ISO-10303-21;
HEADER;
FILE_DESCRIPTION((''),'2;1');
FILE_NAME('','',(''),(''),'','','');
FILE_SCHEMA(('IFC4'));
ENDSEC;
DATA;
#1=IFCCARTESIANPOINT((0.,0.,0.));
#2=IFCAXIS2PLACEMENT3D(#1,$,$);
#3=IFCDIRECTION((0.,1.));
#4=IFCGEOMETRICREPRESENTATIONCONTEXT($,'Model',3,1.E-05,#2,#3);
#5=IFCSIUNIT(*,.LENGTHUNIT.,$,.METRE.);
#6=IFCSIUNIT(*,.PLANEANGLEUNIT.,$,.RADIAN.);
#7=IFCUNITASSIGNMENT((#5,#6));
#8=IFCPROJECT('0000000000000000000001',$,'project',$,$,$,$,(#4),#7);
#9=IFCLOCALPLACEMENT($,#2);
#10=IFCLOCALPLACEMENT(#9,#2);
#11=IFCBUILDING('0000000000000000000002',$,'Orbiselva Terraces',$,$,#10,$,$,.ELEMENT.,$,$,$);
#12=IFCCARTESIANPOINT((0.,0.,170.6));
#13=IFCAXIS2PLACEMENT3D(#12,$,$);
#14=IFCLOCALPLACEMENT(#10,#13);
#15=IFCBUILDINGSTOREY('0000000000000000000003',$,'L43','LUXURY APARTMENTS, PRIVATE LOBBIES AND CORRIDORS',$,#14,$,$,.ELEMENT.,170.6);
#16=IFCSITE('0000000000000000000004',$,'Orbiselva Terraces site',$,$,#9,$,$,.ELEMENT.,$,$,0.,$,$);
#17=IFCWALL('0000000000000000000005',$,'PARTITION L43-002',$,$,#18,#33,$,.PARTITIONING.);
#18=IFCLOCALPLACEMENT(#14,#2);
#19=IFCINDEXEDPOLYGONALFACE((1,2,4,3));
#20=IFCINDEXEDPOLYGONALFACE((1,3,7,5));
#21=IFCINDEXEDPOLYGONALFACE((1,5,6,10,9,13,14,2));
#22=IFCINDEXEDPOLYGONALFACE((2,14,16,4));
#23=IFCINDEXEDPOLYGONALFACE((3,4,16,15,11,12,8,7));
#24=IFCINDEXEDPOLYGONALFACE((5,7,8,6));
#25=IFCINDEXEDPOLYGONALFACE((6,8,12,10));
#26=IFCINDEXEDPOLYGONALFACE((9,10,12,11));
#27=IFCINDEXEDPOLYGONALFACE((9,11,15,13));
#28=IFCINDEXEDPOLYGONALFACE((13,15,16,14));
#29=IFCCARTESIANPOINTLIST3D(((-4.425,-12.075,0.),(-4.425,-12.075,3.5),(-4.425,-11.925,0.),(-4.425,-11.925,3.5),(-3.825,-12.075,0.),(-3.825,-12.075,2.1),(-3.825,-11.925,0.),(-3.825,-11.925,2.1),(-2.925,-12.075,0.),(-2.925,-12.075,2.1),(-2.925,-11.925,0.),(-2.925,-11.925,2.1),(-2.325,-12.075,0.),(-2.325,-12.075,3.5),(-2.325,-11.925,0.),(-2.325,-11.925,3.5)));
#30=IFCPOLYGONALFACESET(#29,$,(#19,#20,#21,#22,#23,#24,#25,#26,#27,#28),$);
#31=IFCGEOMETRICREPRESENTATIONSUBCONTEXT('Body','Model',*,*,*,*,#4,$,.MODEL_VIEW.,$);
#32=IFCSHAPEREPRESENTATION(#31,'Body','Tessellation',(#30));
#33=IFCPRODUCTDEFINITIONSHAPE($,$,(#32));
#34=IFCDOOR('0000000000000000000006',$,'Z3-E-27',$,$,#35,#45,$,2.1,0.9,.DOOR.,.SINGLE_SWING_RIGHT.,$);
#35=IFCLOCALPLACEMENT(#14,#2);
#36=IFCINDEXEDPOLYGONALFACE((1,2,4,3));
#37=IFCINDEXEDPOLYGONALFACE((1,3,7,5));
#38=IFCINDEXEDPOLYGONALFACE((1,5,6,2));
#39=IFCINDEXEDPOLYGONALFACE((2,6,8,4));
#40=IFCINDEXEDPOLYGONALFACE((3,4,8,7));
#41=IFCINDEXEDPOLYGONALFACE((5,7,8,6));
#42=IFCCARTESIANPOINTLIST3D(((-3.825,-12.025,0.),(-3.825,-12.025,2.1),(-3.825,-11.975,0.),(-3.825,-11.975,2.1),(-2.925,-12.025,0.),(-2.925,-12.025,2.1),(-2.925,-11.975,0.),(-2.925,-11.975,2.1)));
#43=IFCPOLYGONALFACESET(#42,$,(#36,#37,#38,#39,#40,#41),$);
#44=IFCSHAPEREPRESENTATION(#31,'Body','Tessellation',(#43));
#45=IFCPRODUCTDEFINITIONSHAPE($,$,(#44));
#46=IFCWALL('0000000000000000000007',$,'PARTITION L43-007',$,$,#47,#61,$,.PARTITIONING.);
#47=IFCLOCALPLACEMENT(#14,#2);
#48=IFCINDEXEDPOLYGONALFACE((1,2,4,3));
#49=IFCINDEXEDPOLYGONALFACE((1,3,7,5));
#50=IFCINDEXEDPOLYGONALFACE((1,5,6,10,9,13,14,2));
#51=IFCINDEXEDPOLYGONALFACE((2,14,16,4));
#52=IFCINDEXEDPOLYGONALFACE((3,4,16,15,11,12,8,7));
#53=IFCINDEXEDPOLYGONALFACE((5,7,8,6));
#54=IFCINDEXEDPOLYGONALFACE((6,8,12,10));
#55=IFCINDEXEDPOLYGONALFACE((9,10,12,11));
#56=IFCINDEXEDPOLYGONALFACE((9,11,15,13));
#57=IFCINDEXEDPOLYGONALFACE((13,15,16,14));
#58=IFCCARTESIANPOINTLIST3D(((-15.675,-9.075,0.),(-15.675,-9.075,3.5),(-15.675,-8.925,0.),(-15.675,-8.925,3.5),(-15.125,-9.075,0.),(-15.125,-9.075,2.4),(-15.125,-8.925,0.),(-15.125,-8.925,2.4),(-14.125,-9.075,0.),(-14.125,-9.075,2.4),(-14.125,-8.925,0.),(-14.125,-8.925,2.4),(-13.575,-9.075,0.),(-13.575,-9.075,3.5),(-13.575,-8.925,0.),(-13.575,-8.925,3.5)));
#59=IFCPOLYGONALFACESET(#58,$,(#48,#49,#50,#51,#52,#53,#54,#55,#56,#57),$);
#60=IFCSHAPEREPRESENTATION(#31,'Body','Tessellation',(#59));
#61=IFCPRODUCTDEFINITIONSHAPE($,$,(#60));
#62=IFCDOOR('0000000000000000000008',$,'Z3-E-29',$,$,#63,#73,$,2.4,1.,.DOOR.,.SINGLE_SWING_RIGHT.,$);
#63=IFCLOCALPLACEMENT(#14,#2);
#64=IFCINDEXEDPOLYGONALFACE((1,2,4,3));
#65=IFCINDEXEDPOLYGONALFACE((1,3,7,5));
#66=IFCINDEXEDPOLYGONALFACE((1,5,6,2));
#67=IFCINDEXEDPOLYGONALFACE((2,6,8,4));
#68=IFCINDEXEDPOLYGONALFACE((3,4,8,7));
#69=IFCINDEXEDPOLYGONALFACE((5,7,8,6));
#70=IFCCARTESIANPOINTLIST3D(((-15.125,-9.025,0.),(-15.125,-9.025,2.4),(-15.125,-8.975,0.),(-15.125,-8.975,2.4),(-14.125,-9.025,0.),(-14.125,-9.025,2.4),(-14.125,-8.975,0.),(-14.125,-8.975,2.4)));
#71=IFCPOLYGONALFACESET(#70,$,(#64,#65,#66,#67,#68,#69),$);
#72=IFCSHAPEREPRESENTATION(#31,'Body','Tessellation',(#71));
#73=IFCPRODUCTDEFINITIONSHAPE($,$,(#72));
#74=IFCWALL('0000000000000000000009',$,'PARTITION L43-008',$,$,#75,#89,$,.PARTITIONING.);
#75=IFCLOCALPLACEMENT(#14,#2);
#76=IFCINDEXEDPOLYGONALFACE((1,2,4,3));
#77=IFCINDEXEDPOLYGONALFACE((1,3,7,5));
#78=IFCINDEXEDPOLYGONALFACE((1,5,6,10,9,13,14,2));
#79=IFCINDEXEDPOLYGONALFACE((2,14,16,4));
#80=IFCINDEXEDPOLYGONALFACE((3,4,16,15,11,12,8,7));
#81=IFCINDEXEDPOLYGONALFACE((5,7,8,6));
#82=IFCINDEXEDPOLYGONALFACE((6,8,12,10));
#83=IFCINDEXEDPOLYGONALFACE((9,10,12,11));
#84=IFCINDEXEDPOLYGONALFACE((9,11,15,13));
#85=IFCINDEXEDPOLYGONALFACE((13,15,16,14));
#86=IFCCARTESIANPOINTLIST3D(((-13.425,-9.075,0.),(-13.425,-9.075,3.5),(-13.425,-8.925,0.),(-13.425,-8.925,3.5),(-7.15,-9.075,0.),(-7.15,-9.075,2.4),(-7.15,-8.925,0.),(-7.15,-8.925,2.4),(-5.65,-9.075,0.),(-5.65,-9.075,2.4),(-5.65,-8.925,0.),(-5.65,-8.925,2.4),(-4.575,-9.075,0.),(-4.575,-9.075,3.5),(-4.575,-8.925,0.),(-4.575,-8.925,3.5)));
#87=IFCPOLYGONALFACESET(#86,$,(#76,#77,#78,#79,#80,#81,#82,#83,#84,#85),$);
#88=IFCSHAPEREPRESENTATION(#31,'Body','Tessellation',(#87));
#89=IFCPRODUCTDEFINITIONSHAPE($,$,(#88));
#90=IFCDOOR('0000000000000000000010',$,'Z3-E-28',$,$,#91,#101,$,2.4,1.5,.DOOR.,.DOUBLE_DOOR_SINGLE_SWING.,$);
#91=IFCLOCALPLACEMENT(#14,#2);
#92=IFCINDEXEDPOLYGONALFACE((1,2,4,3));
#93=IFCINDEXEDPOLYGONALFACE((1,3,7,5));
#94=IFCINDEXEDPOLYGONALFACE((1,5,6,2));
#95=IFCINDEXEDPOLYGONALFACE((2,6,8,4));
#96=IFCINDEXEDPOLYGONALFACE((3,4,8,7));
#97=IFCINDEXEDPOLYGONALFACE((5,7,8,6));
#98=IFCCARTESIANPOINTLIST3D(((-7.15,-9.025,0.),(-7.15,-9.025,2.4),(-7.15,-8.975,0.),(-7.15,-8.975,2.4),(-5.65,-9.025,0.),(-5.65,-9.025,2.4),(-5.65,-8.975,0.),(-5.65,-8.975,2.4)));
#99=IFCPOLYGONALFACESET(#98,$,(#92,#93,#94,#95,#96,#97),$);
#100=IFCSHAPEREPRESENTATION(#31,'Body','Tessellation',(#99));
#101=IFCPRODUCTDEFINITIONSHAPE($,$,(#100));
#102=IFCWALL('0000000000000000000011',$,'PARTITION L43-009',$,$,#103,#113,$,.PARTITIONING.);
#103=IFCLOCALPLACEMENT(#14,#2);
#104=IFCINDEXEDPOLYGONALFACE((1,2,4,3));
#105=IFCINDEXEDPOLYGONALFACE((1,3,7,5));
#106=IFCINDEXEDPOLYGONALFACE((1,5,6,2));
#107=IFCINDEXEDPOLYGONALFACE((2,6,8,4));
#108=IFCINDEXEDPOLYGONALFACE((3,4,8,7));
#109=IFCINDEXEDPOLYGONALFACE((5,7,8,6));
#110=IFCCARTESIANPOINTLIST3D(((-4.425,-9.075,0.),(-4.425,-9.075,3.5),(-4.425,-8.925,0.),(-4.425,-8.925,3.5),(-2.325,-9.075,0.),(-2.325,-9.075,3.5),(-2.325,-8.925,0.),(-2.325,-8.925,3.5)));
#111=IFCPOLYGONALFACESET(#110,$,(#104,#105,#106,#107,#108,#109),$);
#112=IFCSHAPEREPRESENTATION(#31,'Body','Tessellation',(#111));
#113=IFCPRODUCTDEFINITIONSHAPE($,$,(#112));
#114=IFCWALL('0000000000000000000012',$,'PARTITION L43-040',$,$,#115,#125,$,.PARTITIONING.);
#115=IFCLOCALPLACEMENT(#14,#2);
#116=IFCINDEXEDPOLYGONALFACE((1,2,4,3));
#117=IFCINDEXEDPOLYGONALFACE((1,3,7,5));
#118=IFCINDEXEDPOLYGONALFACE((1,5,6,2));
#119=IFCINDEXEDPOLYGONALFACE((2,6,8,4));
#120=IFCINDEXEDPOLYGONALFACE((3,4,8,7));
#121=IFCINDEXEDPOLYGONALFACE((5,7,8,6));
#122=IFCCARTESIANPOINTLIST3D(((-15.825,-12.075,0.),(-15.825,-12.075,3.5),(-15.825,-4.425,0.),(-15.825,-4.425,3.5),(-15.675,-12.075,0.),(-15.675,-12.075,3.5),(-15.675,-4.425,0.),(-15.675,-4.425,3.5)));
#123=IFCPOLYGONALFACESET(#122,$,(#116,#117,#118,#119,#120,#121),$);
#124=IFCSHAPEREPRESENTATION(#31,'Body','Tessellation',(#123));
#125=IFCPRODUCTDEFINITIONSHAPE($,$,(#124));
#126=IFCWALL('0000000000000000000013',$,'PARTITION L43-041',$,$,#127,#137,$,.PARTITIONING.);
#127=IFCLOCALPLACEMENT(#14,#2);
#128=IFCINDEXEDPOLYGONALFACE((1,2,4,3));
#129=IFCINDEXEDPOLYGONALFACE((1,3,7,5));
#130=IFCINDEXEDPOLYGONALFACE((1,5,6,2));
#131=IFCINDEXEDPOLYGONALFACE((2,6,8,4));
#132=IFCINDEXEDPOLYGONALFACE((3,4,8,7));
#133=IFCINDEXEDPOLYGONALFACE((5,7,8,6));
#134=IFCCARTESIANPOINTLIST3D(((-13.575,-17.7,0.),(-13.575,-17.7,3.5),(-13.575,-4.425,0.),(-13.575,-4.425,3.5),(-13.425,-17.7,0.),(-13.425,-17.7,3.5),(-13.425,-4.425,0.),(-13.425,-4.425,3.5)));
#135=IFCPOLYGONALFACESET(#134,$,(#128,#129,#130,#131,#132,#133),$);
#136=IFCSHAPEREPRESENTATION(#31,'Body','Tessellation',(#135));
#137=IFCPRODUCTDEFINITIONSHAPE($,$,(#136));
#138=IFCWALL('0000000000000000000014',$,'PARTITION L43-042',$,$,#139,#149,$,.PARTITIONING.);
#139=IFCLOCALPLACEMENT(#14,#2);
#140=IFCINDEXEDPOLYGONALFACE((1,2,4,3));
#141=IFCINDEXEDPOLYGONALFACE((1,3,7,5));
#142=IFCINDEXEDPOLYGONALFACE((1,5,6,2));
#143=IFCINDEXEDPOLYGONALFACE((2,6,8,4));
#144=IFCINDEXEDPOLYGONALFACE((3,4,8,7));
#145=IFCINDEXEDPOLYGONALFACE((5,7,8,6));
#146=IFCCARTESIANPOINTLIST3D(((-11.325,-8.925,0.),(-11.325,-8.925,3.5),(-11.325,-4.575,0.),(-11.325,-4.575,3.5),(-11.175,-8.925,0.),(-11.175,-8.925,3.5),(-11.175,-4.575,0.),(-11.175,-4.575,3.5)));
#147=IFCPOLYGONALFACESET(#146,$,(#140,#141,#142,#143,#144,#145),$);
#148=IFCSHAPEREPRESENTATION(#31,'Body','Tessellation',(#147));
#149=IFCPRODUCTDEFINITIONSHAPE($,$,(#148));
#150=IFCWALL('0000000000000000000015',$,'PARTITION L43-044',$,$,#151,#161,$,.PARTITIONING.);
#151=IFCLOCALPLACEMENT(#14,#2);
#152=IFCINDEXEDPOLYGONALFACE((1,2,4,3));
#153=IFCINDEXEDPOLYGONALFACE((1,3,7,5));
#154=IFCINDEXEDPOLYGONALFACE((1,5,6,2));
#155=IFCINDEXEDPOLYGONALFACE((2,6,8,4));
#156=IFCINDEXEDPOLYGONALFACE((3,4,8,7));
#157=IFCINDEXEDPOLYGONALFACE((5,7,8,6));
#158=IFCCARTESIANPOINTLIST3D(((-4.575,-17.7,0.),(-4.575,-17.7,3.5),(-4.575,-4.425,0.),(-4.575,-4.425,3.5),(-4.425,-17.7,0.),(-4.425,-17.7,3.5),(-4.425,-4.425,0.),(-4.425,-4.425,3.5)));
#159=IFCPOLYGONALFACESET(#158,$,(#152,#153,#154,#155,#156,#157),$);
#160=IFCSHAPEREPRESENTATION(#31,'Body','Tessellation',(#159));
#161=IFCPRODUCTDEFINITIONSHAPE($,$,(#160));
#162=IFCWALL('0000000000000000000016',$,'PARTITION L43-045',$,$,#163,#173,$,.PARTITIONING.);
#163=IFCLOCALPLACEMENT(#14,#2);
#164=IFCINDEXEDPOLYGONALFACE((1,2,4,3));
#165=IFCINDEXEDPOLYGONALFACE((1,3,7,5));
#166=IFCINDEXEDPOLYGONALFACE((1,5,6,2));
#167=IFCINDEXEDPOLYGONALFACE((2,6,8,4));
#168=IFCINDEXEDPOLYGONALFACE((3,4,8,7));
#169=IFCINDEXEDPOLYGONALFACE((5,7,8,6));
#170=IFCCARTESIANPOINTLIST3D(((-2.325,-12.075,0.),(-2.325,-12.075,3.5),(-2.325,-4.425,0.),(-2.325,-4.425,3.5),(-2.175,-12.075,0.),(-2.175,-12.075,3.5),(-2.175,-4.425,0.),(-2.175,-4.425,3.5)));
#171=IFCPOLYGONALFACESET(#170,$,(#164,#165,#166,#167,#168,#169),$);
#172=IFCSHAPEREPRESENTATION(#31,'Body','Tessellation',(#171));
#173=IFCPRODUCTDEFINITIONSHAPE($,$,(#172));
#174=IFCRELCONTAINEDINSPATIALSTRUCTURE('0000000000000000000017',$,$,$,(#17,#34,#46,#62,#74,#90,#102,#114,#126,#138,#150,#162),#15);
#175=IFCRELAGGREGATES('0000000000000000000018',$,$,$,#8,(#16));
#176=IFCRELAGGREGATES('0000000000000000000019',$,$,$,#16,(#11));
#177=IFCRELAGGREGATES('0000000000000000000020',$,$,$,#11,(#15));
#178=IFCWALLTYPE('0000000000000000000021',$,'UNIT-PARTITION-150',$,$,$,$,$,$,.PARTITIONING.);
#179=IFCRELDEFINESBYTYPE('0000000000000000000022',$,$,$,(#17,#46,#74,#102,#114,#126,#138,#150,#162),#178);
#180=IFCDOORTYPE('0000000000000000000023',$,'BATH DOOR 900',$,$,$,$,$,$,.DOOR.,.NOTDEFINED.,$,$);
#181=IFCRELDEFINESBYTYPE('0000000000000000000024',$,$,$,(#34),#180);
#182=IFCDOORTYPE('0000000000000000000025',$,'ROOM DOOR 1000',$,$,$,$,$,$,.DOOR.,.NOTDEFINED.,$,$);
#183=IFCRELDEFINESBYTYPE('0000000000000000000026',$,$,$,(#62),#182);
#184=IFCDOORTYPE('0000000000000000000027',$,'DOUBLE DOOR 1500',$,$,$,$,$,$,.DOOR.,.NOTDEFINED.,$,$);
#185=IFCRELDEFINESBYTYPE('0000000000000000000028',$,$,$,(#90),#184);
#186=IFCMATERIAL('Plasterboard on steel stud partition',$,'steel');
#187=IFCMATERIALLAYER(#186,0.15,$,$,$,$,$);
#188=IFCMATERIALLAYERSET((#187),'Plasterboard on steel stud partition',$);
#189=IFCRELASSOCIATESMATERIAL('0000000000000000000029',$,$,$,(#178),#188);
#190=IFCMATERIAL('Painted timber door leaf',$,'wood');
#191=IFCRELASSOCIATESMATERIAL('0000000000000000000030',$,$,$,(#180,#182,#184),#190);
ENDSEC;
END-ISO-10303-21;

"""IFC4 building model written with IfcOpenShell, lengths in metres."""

from ifc_helpers import new_model, si_unit, direction, frame, frame_2d, origin, place, context, subcontext, project, spatial, rectangle, extrude, material, layer, layer_set, type_object, element, fill, save


model = new_model("IFC4")

# Units and contexts
model_context = context("Model", 3, precision=1e-05, world=origin(), true_north=direction((0.0, 1.0)))
body_context = subcontext(model_context, "Body", "Model", "MODEL_VIEW")
ifc_project = project(units=[si_unit("LENGTHUNIT", "METRE"), si_unit("PLANEANGLEUNIT", "RADIAN")], contexts=[model_context])

# Site, building, storey
site_placement = place(None, origin())
site = spatial("IfcSite", under=ifc_project, at=site_placement, Name="Orbiselva Terraces site", CompositionType="ELEMENT", RefElevation=0.0)
building_placement = place(site_placement, origin())
building = spatial("IfcBuilding", under=site, at=building_placement, Name="Orbiselva Terraces", CompositionType="ELEMENT")
storey_placement = place(building_placement, frame((0.0, 0.0, 170.6)))
storey = spatial("IfcBuildingStorey", under=building, at=storey_placement, Name="L43", Description="LUXURY APARTMENTS, PRIVATE LOBBIES AND CORRIDORS", CompositionType="ELEMENT", Elevation=170.6)

# Walls, openings, doors
ifc_material_1 = material(Name="Plasterboard on steel stud partition", Category="steel")
ifc_layer_1 = layer(ifc_material_1, 0.15)
ifc_layer_set_1 = layer_set([ifc_layer_1], Name="Plasterboard on steel stud partition")
wall_type_1 = type_object("IfcWallType", Name="UNIT-PARTITION-150", PredefinedType="PARTITIONING", material=ifc_layer_set_1)
wall_1_placement = place(storey_placement, frame((-4.425, -12.0, 0.0), z_axis=(0.0, 0.0, 1.0), x_axis=(1.0, 0.0, 0.0)))
wall_1 = element("IfcWall", 1, at=wall_1_placement, inside=storey, type_object=wall_type_1, Name="PARTITION L43-002", PredefinedType="PARTITIONING", context=body_context, shape_type="SweptSolid", body=[
    extrude(rectangle(XDim=2.1, YDim=0.15, at=frame_2d((1.05, 0.0))), origin(), (0.0, 0.0, 1.0), 3.5),
])
opening_1_placement = place(wall_1_placement, frame((0.6, 0.0, 0.0)))
opening_1 = element("IfcOpeningElement", 2, at=opening_1_placement, cuts=wall_1, PredefinedType="OPENING", context=body_context, shape_type="SweptSolid", body=[
    extrude(rectangle(XDim=0.9, YDim=2.1, at=frame_2d((0.45, 1.05))), frame((0.0, 0.085, 0.0), z_axis=(0.0, -1.0, 0.0), x_axis=(1.0, 0.0, 0.0)), (0.0, 0.0, 1.0), 0.17),
])
ifc_material_2 = material(Name="Painted timber door leaf", Category="wood")
door_type_1 = type_object("IfcDoorType", Name="BATH DOOR 900", OperationType="NOTDEFINED", PredefinedType="DOOR", material=ifc_material_2)
door_1_placement = place(opening_1_placement, origin())
door_1 = element("IfcDoor", 3, at=door_1_placement, inside=storey, type_object=door_type_1, Name="Z3-E-27", OperationType="SINGLE_SWING_RIGHT", OverallHeight=2.1, OverallWidth=0.9, PredefinedType="DOOR", context=body_context, shape_type="SweptSolid", body=[
    extrude(rectangle(XDim=0.9, YDim=2.1, at=frame_2d((0.45, 1.05))), frame((0.0, 0.025, 0.0), z_axis=(0.0, -1.0, 0.0), x_axis=(1.0, 0.0, 0.0)), (0.0, 0.0, 1.0), 0.05),
])
fill(opening_1, door_1)
wall_2_placement = place(storey_placement, frame((-13.575, -9.0, 0.0), z_axis=(0.0, 0.0, 1.0), x_axis=(-1.0, 0.0, 0.0)))
wall_2 = element("IfcWall", 4, at=wall_2_placement, inside=storey, type_object=wall_type_1, Name="PARTITION L43-007", PredefinedType="PARTITIONING", context=body_context, shape_type="SweptSolid", body=[
    extrude(rectangle(XDim=2.1, YDim=0.15, at=frame_2d((1.05, 0.0))), origin(), (0.0, 0.0, 1.0), 3.5),
])
opening_2_placement = place(wall_2_placement, frame((0.55, 0.0, 0.0)))
opening_2 = element("IfcOpeningElement", 5, at=opening_2_placement, cuts=wall_2, PredefinedType="OPENING", context=body_context, shape_type="SweptSolid", body=[
    extrude(rectangle(XDim=1.0, YDim=2.4, at=frame_2d((0.5, 1.2))), frame((0.0, 0.085, 0.0), z_axis=(0.0, -1.0, 0.0), x_axis=(1.0, 0.0, 0.0)), (0.0, 0.0, 1.0), 0.17),
])
door_type_2 = type_object("IfcDoorType", Name="ROOM DOOR 1000", OperationType="NOTDEFINED", PredefinedType="DOOR", material=ifc_material_2)
door_2_placement = place(opening_2_placement, origin())
door_2 = element("IfcDoor", 6, at=door_2_placement, inside=storey, type_object=door_type_2, Name="Z3-E-29", OperationType="SINGLE_SWING_RIGHT", OverallHeight=2.4, OverallWidth=1.0, PredefinedType="DOOR", context=body_context, shape_type="SweptSolid", body=[
    extrude(rectangle(XDim=1.0, YDim=2.4, at=frame_2d((0.5, 1.2))), frame((0.0, 0.025, 0.0), z_axis=(0.0, -1.0, 0.0), x_axis=(1.0, 0.0, 0.0)), (0.0, 0.0, 1.0), 0.05),
])
fill(opening_2, door_2)
wall_3_placement = place(storey_placement, frame((-4.575, -9.0, 0.0), z_axis=(0.0, 0.0, 1.0), x_axis=(-1.0, 0.0, 0.0)))
wall_3 = element("IfcWall", 7, at=wall_3_placement, inside=storey, type_object=wall_type_1, Name="PARTITION L43-008", PredefinedType="PARTITIONING", context=body_context, shape_type="SweptSolid", body=[
    extrude(rectangle(XDim=8.85, YDim=0.15, at=frame_2d((4.425, 0.0))), origin(), (0.0, 0.0, 1.0), 3.5),
])
opening_3_placement = place(wall_3_placement, frame((1.075, 0.0, 0.0)))
opening_3 = element("IfcOpeningElement", 8, at=opening_3_placement, cuts=wall_3, PredefinedType="OPENING", context=body_context, shape_type="SweptSolid", body=[
    extrude(rectangle(XDim=1.5, YDim=2.4, at=frame_2d((0.75, 1.2))), frame((0.0, 0.085, 0.0), z_axis=(0.0, -1.0, 0.0), x_axis=(1.0, 0.0, 0.0)), (0.0, 0.0, 1.0), 0.17),
])
door_type_3 = type_object("IfcDoorType", Name="DOUBLE DOOR 1500", OperationType="NOTDEFINED", PredefinedType="DOOR", material=ifc_material_2)
door_3_placement = place(opening_3_placement, origin())
door_3 = element("IfcDoor", 9, at=door_3_placement, inside=storey, type_object=door_type_3, Name="Z3-E-28", OperationType="DOUBLE_DOOR_SINGLE_SWING", OverallHeight=2.4, OverallWidth=1.5, PredefinedType="DOOR", context=body_context, shape_type="SweptSolid", body=[
    extrude(rectangle(XDim=1.5, YDim=2.4, at=frame_2d((0.75, 1.2))), frame((0.0, 0.025, 0.0), z_axis=(0.0, -1.0, 0.0), x_axis=(1.0, 0.0, 0.0)), (0.0, 0.0, 1.0), 0.05),
])
fill(opening_3, door_3)

# Walls
wall_4_placement = place(storey_placement, frame((-4.425, -9.0, 0.0), z_axis=(0.0, 0.0, 1.0), x_axis=(1.0, 0.0, 0.0)))
element("IfcWall", 10, at=wall_4_placement, inside=storey, type_object=wall_type_1, Name="PARTITION L43-009", PredefinedType="PARTITIONING", context=body_context, shape_type="SweptSolid", body=[
    extrude(rectangle(XDim=2.1, YDim=0.15, at=frame_2d((1.05, 0.0))), origin(), (0.0, 0.0, 1.0), 3.5),
])
wall_5_placement = place(storey_placement, frame((-15.75, -12.075, 0.0), z_axis=(0.0, 0.0, 1.0), x_axis=(0.0, 1.0, 0.0)))
element("IfcWall", 11, at=wall_5_placement, inside=storey, type_object=wall_type_1, Name="PARTITION L43-040", PredefinedType="PARTITIONING", context=body_context, shape_type="SweptSolid", body=[
    extrude(rectangle(XDim=7.65, YDim=0.15, at=frame_2d((3.825, 0.0))), origin(), (0.0, 0.0, 1.0), 3.5),
])
wall_6_placement = place(storey_placement, frame((-13.5, -17.7, 0.0), z_axis=(0.0, 0.0, 1.0), x_axis=(0.0, 1.0, 0.0)))
element("IfcWall", 12, at=wall_6_placement, inside=storey, type_object=wall_type_1, Name="PARTITION L43-041", PredefinedType="PARTITIONING", context=body_context, shape_type="SweptSolid", body=[
    extrude(rectangle(XDim=13.275, YDim=0.15, at=frame_2d((6.6375, 0.0))), origin(), (0.0, 0.0, 1.0), 3.5),
])
wall_7_placement = place(storey_placement, frame((-11.25, -8.925, 0.0), z_axis=(0.0, 0.0, 1.0), x_axis=(0.0, 1.0, 0.0)))
element("IfcWall", 13, at=wall_7_placement, inside=storey, type_object=wall_type_1, Name="PARTITION L43-042", PredefinedType="PARTITIONING", context=body_context, shape_type="SweptSolid", body=[
    extrude(rectangle(XDim=4.35, YDim=0.15, at=frame_2d((2.175, 0.0))), origin(), (0.0, 0.0, 1.0), 3.5),
])
wall_8_placement = place(storey_placement, frame((-4.5, -17.7, 0.0), z_axis=(0.0, 0.0, 1.0), x_axis=(0.0, 1.0, 0.0)))
element("IfcWall", 14, at=wall_8_placement, inside=storey, type_object=wall_type_1, Name="PARTITION L43-044", PredefinedType="PARTITIONING", context=body_context, shape_type="SweptSolid", body=[
    extrude(rectangle(XDim=13.275, YDim=0.15, at=frame_2d((6.6375, 0.0))), origin(), (0.0, 0.0, 1.0), 3.5),
])
wall_9_placement = place(storey_placement, frame((-2.25, -12.075, 0.0), z_axis=(0.0, 0.0, 1.0), x_axis=(0.0, 1.0, 0.0)))
element("IfcWall", 15, at=wall_9_placement, inside=storey, type_object=wall_type_1, Name="PARTITION L43-045", PredefinedType="PARTITIONING", context=body_context, shape_type="SweptSolid", body=[
    extrude(rectangle(XDim=7.65, YDim=0.15, at=frame_2d((3.825, 0.0))), origin(), (0.0, 0.0, 1.0), 3.5),
])

save(model, "model.ifc")
